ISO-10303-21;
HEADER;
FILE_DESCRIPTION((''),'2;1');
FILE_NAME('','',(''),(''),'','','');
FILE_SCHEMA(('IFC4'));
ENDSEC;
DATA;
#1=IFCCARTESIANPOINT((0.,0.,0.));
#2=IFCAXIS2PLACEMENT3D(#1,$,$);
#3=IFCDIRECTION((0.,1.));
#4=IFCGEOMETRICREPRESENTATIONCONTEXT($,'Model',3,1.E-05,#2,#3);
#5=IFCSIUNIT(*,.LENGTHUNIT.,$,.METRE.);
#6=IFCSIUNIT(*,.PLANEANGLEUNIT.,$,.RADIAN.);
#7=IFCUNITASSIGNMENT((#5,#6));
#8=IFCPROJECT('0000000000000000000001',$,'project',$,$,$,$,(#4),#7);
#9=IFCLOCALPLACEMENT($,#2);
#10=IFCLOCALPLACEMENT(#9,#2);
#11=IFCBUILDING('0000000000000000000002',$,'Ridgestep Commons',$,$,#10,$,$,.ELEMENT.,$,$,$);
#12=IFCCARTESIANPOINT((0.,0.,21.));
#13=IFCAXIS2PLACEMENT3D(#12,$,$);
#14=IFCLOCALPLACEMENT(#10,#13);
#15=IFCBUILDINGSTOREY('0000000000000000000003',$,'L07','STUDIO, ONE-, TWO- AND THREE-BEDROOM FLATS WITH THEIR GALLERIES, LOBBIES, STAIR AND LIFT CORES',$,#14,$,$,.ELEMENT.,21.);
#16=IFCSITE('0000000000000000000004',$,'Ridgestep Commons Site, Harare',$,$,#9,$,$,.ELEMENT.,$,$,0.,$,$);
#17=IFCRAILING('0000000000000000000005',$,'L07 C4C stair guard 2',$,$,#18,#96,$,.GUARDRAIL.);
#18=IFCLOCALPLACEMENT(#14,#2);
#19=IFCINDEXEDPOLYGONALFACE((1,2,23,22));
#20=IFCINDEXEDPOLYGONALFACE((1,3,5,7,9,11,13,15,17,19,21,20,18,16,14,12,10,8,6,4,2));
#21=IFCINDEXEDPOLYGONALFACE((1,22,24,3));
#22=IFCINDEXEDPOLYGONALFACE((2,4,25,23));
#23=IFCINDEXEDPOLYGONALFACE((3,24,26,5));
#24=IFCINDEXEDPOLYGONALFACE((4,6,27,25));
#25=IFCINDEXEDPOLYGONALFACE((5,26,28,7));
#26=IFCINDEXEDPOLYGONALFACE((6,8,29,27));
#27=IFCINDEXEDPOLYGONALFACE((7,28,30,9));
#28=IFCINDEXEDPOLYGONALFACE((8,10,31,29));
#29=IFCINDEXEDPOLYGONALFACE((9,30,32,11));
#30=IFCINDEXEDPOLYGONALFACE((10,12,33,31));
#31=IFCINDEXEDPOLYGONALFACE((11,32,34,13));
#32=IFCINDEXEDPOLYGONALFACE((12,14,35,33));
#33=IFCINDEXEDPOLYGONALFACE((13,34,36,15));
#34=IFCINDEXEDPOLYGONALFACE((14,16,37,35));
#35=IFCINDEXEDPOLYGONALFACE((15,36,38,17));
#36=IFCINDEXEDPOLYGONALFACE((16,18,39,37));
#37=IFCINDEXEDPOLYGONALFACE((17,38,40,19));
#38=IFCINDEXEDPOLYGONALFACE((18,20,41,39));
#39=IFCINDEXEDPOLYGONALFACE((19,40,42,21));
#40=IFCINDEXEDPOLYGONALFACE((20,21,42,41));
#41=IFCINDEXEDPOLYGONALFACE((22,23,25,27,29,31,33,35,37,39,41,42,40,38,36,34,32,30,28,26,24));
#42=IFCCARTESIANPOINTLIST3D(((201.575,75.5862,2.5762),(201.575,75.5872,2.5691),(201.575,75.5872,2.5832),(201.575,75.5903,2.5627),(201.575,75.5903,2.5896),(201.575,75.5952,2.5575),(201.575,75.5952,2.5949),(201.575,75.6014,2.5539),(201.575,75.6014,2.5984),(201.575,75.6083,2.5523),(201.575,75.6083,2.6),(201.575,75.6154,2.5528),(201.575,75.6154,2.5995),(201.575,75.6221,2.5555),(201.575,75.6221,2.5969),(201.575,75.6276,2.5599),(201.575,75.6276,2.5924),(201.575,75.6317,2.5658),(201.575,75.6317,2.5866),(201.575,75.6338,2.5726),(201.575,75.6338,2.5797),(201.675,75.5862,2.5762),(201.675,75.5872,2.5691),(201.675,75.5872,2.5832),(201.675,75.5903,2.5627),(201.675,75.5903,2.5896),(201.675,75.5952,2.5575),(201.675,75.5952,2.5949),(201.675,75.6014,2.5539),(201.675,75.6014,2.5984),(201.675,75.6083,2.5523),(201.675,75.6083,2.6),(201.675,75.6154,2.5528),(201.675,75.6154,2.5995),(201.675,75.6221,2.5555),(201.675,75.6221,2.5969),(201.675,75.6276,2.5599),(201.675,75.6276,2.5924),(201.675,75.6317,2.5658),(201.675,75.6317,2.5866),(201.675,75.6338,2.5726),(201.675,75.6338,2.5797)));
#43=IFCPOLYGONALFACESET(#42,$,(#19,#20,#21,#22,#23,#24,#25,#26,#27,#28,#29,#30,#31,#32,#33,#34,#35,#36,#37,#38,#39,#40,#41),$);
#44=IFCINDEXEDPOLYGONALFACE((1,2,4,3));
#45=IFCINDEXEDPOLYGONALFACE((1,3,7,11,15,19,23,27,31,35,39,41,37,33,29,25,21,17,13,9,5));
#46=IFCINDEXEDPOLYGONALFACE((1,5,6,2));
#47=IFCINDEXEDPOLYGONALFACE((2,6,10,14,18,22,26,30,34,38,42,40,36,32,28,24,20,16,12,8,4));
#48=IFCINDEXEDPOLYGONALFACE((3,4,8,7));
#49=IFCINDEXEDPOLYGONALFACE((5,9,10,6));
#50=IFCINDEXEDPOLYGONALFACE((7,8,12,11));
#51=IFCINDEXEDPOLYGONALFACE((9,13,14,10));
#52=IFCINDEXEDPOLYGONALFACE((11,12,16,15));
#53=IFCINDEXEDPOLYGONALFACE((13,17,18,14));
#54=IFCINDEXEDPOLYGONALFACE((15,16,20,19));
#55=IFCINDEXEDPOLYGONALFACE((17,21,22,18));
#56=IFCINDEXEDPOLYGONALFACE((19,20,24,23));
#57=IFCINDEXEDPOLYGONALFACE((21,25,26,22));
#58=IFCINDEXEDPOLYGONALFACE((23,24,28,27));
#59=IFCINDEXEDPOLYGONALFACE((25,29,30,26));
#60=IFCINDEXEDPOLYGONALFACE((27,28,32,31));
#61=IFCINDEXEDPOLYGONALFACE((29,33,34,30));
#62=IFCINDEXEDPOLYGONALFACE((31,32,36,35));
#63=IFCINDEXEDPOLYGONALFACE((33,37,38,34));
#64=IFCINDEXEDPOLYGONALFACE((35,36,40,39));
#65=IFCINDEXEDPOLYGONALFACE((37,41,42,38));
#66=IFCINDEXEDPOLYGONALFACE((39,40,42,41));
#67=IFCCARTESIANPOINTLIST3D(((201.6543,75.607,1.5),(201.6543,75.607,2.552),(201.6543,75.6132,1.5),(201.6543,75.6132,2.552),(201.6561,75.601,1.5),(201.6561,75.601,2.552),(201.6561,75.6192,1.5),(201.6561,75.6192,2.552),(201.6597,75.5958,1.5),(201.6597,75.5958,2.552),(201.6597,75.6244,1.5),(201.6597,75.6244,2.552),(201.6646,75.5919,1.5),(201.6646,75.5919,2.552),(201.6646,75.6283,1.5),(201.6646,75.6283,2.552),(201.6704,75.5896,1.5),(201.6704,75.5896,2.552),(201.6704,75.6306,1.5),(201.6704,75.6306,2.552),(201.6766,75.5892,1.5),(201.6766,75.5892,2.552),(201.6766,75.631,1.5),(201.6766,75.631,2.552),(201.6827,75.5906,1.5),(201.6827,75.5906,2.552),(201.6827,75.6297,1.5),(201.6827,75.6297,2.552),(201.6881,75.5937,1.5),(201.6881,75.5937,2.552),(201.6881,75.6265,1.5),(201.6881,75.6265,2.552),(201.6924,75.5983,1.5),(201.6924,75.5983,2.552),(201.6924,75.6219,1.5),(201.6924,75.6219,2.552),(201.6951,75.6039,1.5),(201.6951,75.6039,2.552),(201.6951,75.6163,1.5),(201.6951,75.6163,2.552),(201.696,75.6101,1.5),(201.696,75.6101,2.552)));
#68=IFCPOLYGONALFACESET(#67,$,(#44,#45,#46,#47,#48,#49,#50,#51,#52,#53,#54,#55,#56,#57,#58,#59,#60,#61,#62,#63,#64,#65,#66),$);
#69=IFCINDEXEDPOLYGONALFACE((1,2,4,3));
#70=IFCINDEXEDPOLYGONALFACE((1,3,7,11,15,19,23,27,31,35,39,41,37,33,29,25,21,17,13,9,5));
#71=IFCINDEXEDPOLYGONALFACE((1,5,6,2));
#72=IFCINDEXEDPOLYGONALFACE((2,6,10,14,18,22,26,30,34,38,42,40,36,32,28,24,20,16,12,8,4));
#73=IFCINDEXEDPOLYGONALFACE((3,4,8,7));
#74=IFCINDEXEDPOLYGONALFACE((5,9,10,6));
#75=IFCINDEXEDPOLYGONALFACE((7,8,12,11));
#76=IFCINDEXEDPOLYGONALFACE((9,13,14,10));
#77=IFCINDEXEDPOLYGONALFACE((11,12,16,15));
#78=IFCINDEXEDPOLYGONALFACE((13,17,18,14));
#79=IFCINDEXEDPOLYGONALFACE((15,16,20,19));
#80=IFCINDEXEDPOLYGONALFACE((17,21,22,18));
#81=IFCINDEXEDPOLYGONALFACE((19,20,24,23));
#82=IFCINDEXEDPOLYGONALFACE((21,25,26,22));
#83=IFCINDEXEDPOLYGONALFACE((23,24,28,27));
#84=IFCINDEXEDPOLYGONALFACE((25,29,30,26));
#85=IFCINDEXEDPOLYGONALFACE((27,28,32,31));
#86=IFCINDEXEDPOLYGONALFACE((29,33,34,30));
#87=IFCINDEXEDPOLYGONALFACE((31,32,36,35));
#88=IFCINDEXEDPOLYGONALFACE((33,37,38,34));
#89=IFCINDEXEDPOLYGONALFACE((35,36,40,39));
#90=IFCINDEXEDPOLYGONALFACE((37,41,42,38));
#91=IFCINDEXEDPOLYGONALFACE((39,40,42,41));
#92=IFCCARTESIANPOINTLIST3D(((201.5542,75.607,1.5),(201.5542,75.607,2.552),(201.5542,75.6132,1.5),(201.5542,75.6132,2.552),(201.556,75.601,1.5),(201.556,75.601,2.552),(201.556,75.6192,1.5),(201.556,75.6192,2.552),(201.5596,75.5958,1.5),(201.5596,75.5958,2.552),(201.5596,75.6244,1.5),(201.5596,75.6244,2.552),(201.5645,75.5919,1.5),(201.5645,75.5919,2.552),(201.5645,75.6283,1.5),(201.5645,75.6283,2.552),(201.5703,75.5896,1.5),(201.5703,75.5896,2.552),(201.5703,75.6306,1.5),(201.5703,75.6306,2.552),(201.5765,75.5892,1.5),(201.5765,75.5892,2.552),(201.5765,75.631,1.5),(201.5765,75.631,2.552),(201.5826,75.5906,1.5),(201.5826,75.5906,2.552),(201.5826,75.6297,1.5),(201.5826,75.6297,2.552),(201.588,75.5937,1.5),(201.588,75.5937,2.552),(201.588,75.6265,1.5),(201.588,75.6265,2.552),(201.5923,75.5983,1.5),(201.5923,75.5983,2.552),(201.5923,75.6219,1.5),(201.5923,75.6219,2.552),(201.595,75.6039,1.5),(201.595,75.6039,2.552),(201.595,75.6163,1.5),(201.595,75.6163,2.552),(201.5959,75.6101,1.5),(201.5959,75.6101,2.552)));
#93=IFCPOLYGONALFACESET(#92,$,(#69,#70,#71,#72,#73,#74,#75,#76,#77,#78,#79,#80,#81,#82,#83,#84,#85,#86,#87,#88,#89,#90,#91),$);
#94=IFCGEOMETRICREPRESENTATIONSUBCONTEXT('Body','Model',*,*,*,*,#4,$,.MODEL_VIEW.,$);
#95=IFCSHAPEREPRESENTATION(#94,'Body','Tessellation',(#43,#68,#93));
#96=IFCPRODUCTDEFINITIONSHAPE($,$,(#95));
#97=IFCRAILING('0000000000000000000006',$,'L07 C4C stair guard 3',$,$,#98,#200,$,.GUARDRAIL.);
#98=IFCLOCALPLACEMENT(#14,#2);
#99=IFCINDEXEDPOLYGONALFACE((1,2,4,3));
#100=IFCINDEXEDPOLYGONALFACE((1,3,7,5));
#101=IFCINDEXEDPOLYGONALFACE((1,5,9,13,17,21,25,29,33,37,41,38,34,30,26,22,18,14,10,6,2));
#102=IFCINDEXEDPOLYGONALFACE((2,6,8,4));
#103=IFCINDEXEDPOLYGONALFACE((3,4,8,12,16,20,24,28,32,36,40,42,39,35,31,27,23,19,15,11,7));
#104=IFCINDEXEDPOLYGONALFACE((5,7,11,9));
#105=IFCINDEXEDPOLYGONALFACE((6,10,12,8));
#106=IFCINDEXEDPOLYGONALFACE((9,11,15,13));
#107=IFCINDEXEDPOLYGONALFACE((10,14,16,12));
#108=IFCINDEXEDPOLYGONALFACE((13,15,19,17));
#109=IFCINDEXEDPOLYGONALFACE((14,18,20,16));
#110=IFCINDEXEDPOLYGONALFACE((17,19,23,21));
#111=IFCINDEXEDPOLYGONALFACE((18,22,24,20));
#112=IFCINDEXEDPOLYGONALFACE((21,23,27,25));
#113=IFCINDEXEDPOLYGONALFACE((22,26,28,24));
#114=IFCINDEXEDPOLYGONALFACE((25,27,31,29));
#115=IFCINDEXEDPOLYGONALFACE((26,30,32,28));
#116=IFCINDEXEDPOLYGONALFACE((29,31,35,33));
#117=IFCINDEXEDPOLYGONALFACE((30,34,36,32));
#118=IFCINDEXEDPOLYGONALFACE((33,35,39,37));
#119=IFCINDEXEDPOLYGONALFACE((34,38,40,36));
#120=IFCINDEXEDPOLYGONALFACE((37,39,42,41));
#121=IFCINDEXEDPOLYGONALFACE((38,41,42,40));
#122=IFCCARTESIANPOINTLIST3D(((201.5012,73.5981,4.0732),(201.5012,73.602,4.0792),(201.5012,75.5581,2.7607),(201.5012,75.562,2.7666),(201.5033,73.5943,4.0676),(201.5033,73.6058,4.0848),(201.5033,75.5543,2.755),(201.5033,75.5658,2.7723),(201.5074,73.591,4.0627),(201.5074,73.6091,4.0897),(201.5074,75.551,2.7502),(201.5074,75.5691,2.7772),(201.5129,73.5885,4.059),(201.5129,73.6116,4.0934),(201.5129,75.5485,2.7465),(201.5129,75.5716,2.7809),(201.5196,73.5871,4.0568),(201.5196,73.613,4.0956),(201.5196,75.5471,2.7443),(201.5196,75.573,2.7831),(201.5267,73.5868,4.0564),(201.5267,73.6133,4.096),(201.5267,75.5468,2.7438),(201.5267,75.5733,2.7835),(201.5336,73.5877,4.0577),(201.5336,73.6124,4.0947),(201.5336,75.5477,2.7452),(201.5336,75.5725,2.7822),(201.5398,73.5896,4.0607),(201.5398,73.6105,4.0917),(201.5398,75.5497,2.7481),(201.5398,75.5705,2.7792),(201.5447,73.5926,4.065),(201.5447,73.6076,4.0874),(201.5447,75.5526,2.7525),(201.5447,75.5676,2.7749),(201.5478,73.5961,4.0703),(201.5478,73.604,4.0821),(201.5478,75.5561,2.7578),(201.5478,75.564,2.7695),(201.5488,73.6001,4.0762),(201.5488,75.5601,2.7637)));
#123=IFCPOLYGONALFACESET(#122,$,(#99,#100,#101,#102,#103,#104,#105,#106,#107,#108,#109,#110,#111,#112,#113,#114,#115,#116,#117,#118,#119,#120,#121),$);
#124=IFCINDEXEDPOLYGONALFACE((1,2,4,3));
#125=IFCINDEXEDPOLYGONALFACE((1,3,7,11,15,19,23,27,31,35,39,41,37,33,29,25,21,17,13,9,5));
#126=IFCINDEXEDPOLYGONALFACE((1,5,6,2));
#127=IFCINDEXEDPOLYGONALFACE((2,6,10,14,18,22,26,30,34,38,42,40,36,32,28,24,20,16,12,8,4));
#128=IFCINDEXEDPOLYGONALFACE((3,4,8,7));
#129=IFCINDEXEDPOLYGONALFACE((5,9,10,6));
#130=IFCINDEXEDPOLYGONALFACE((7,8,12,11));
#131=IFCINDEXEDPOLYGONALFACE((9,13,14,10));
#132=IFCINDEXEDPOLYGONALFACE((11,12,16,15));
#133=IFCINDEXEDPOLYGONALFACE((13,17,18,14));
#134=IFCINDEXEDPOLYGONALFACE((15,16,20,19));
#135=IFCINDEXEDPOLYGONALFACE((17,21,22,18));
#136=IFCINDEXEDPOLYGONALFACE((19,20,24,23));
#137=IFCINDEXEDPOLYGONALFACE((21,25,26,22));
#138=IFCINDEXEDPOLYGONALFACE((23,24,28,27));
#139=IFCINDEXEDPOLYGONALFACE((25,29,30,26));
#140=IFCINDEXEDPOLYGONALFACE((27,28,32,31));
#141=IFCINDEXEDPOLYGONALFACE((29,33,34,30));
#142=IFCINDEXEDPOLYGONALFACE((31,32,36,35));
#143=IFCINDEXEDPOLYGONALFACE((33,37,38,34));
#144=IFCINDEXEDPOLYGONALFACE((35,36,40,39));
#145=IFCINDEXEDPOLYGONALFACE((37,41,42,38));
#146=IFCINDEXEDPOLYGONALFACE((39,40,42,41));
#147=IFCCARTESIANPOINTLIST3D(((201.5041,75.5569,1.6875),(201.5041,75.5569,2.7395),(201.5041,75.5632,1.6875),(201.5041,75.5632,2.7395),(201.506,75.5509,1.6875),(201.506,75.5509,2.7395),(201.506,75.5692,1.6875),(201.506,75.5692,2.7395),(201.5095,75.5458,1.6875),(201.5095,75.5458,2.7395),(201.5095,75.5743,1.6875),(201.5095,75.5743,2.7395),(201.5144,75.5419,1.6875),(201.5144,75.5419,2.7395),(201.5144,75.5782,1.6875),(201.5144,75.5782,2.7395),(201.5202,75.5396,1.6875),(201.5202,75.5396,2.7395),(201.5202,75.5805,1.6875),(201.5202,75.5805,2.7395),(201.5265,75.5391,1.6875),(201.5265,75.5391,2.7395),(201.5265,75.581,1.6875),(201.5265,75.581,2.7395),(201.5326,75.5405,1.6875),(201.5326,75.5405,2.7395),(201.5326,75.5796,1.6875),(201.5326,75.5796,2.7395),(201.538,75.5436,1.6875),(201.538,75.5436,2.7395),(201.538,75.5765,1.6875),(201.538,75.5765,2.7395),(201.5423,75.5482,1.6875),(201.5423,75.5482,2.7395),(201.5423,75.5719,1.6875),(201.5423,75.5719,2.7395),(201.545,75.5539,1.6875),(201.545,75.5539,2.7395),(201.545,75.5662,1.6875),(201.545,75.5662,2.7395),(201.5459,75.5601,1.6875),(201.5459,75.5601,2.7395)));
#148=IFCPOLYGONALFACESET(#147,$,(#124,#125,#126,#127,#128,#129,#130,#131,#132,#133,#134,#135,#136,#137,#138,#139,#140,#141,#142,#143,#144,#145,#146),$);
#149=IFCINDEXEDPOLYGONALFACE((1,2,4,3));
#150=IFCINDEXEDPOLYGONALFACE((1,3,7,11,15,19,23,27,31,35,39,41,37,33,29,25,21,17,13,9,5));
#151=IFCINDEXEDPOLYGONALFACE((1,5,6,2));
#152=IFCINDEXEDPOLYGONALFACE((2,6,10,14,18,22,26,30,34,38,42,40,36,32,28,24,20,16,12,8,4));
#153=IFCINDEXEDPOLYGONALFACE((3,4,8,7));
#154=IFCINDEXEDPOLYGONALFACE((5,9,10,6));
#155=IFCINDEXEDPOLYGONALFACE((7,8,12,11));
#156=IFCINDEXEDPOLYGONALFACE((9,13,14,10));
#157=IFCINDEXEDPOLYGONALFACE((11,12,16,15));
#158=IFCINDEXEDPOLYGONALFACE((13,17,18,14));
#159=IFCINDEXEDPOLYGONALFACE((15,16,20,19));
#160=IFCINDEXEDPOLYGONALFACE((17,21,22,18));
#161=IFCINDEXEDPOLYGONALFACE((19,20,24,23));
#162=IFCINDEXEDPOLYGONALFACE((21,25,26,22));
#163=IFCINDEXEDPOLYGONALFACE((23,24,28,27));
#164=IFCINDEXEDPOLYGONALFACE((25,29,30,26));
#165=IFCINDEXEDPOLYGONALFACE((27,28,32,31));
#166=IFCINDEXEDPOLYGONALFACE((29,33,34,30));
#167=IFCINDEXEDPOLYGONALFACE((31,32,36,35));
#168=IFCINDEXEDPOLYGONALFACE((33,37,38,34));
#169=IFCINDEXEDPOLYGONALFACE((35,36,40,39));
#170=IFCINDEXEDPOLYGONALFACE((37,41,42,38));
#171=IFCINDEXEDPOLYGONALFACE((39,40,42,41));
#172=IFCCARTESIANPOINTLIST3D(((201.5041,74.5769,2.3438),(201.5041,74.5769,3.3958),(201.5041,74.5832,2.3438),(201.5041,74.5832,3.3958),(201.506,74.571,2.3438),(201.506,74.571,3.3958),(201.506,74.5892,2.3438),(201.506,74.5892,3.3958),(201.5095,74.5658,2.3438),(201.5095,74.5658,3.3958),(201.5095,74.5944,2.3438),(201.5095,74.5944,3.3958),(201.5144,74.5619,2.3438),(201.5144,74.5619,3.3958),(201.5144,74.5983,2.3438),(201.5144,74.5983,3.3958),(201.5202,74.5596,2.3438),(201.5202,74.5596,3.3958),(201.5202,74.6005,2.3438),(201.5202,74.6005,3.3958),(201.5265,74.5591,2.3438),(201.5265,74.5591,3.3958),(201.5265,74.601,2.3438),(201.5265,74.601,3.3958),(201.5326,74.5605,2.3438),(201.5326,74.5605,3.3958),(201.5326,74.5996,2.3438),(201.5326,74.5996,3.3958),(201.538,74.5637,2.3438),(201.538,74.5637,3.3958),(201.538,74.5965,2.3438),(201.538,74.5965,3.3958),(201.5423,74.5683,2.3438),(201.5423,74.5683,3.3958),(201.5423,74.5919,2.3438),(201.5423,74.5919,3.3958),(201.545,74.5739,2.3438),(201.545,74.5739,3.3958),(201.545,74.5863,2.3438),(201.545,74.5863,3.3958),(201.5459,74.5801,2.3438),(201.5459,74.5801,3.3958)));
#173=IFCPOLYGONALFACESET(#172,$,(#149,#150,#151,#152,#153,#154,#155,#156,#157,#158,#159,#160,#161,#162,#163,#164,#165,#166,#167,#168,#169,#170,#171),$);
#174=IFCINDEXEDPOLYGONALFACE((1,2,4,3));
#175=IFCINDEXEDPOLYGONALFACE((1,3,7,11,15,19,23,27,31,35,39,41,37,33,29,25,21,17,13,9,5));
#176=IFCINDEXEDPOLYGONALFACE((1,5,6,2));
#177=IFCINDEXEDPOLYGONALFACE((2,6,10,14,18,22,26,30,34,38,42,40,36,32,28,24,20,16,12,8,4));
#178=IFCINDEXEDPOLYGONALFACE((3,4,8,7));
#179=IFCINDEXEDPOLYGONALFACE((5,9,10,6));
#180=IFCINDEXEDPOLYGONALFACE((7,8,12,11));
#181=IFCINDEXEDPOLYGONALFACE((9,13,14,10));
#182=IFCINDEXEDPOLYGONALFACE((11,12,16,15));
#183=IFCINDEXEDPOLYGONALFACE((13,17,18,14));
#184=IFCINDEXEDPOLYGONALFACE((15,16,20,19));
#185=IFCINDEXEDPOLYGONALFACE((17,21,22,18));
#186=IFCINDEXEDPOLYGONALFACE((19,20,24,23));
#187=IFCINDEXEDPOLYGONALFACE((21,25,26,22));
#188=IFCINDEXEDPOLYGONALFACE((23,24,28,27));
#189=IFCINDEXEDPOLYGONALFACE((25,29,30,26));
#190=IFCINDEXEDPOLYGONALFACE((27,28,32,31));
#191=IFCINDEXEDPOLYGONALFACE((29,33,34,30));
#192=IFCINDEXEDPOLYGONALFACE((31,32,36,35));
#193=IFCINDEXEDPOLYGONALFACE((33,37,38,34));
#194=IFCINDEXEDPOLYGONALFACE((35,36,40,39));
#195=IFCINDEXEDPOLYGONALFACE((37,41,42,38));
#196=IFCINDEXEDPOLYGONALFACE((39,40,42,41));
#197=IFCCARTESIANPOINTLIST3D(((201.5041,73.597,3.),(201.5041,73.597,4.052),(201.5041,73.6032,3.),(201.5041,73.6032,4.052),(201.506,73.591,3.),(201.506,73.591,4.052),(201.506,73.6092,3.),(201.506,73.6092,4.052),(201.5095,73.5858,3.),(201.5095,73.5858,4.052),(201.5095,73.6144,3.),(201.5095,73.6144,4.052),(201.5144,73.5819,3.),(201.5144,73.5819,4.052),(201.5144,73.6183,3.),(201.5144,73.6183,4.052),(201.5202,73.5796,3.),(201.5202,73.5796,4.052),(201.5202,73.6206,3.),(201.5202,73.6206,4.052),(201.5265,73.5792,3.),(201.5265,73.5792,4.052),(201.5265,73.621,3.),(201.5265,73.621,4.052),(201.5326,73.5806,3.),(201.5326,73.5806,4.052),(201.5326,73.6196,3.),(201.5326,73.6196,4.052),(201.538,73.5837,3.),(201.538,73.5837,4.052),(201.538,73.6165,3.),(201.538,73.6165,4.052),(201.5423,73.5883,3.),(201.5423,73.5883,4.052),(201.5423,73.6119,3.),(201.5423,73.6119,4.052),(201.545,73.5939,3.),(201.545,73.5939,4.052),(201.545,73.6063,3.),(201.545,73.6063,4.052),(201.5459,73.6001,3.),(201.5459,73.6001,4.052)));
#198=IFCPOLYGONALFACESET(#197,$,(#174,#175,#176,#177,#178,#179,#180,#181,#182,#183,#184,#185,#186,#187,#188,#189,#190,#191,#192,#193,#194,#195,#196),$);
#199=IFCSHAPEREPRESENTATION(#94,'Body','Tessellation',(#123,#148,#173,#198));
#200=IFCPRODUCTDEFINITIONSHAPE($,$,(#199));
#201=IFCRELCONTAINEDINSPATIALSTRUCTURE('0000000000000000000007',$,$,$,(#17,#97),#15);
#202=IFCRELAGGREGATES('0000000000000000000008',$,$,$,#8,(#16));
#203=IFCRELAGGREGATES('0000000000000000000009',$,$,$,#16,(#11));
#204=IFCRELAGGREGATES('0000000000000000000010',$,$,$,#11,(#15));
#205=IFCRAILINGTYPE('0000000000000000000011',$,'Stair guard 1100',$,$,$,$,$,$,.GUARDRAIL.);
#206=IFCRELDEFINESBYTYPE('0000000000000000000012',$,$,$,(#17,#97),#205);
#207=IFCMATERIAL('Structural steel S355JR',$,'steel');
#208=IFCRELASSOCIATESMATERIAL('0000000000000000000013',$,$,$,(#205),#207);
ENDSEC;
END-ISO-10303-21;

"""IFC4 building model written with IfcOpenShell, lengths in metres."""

from ifc_helpers import new_model, si_unit, direction, frame, origin, origin_2d, place, context, subcontext, project, spatial, circle, extrude, material, type_object, element, save


model = new_model("IFC4")

# Units and contexts
model_context = context("Model", 3, precision=1e-05, world=origin(), true_north=direction((0.0, 1.0)))
body_context = subcontext(model_context, "Body", "Model", "MODEL_VIEW")
ifc_project = project(units=[si_unit("LENGTHUNIT", "METRE"), si_unit("PLANEANGLEUNIT", "RADIAN")], contexts=[model_context])

# Site, building, storey
site_placement = place(None, origin())
site = spatial("IfcSite", under=ifc_project, at=site_placement, Name="Ridgestep Commons Site, Harare", CompositionType="ELEMENT", RefElevation=0.0)
building_placement = place(site_placement, origin())
building = spatial("IfcBuilding", under=site, at=building_placement, Name="Ridgestep Commons", CompositionType="ELEMENT")
storey_placement = place(building_placement, frame((0.0, 0.0, 21.0)))
storey = spatial("IfcBuildingStorey", under=building, at=storey_placement, Name="L07", Description="STUDIO, ONE-, TWO- AND THREE-BEDROOM FLATS WITH THEIR GALLERIES, LOBBIES, STAIR AND LIFT CORES", CompositionType="ELEMENT", Elevation=21.0)

# Railings
ifc_material_1 = material(Name="Structural steel S355JR", Category="steel")
railing_type_1 = type_object("IfcRailingType", Name="Stair guard 1100", PredefinedType="GUARDRAIL", material=ifc_material_1)
railing_1_placement = place(storey_placement, frame((201.675, 75.6101, 1.5)))
element("IfcRailing", 1, at=railing_1_placement, inside=storey, type_object=railing_type_1, Name="L07 C4C stair guard 2", PredefinedType="GUARDRAIL", context=body_context, shape_type="SweptSolid", body=[
    extrude(circle(Radius=0.0239, at=origin_2d()), frame((0.0, 0.0, 1.0762), z_axis=(-1.0, 0.0, 0.0), x_axis=(0.0, -1.0, 0.0)), (0.0, 0.0, 1.0), 0.1001),
    extrude(circle(Radius=0.021, at=origin_2d()), origin(), (0.0, 0.0, 1.0), 1.052),
    extrude(circle(Radius=0.021, at=origin_2d()), frame((-0.1001, 0.0, 0.0)), (0.0, 0.0, 1.0), 1.052),
])
railing_2_placement = place(storey_placement, frame((201.5249, 75.5601, 1.6875)))
element("IfcRailing", 2, at=railing_2_placement, inside=storey, type_object=railing_type_1, Name="L07 C4C stair guard 3", PredefinedType="GUARDRAIL", context=body_context, shape_type="SweptSolid", body=[
    extrude(circle(Radius=0.0239, at=origin_2d()), frame((0.0, 0.0, 1.0762), z_axis=(0.0, -0.830902, 0.556419), x_axis=(1.0, 0.0, 0.0)), (0.0, 0.0, 1.0), 2.3589),
    extrude(circle(Radius=0.021, at=origin_2d()), origin(), (0.0, 0.0, 1.0), 1.052),
    extrude(circle(Radius=0.021, at=origin_2d()), frame((0.0, -0.98, 0.6562)), (0.0, 0.0, 1.0), 1.052),
    extrude(circle(Radius=0.021, at=origin_2d()), frame((0.0, -1.96, 1.3125)), (0.0, 0.0, 1.0), 1.052),
])

save(model, "model.ifc")
